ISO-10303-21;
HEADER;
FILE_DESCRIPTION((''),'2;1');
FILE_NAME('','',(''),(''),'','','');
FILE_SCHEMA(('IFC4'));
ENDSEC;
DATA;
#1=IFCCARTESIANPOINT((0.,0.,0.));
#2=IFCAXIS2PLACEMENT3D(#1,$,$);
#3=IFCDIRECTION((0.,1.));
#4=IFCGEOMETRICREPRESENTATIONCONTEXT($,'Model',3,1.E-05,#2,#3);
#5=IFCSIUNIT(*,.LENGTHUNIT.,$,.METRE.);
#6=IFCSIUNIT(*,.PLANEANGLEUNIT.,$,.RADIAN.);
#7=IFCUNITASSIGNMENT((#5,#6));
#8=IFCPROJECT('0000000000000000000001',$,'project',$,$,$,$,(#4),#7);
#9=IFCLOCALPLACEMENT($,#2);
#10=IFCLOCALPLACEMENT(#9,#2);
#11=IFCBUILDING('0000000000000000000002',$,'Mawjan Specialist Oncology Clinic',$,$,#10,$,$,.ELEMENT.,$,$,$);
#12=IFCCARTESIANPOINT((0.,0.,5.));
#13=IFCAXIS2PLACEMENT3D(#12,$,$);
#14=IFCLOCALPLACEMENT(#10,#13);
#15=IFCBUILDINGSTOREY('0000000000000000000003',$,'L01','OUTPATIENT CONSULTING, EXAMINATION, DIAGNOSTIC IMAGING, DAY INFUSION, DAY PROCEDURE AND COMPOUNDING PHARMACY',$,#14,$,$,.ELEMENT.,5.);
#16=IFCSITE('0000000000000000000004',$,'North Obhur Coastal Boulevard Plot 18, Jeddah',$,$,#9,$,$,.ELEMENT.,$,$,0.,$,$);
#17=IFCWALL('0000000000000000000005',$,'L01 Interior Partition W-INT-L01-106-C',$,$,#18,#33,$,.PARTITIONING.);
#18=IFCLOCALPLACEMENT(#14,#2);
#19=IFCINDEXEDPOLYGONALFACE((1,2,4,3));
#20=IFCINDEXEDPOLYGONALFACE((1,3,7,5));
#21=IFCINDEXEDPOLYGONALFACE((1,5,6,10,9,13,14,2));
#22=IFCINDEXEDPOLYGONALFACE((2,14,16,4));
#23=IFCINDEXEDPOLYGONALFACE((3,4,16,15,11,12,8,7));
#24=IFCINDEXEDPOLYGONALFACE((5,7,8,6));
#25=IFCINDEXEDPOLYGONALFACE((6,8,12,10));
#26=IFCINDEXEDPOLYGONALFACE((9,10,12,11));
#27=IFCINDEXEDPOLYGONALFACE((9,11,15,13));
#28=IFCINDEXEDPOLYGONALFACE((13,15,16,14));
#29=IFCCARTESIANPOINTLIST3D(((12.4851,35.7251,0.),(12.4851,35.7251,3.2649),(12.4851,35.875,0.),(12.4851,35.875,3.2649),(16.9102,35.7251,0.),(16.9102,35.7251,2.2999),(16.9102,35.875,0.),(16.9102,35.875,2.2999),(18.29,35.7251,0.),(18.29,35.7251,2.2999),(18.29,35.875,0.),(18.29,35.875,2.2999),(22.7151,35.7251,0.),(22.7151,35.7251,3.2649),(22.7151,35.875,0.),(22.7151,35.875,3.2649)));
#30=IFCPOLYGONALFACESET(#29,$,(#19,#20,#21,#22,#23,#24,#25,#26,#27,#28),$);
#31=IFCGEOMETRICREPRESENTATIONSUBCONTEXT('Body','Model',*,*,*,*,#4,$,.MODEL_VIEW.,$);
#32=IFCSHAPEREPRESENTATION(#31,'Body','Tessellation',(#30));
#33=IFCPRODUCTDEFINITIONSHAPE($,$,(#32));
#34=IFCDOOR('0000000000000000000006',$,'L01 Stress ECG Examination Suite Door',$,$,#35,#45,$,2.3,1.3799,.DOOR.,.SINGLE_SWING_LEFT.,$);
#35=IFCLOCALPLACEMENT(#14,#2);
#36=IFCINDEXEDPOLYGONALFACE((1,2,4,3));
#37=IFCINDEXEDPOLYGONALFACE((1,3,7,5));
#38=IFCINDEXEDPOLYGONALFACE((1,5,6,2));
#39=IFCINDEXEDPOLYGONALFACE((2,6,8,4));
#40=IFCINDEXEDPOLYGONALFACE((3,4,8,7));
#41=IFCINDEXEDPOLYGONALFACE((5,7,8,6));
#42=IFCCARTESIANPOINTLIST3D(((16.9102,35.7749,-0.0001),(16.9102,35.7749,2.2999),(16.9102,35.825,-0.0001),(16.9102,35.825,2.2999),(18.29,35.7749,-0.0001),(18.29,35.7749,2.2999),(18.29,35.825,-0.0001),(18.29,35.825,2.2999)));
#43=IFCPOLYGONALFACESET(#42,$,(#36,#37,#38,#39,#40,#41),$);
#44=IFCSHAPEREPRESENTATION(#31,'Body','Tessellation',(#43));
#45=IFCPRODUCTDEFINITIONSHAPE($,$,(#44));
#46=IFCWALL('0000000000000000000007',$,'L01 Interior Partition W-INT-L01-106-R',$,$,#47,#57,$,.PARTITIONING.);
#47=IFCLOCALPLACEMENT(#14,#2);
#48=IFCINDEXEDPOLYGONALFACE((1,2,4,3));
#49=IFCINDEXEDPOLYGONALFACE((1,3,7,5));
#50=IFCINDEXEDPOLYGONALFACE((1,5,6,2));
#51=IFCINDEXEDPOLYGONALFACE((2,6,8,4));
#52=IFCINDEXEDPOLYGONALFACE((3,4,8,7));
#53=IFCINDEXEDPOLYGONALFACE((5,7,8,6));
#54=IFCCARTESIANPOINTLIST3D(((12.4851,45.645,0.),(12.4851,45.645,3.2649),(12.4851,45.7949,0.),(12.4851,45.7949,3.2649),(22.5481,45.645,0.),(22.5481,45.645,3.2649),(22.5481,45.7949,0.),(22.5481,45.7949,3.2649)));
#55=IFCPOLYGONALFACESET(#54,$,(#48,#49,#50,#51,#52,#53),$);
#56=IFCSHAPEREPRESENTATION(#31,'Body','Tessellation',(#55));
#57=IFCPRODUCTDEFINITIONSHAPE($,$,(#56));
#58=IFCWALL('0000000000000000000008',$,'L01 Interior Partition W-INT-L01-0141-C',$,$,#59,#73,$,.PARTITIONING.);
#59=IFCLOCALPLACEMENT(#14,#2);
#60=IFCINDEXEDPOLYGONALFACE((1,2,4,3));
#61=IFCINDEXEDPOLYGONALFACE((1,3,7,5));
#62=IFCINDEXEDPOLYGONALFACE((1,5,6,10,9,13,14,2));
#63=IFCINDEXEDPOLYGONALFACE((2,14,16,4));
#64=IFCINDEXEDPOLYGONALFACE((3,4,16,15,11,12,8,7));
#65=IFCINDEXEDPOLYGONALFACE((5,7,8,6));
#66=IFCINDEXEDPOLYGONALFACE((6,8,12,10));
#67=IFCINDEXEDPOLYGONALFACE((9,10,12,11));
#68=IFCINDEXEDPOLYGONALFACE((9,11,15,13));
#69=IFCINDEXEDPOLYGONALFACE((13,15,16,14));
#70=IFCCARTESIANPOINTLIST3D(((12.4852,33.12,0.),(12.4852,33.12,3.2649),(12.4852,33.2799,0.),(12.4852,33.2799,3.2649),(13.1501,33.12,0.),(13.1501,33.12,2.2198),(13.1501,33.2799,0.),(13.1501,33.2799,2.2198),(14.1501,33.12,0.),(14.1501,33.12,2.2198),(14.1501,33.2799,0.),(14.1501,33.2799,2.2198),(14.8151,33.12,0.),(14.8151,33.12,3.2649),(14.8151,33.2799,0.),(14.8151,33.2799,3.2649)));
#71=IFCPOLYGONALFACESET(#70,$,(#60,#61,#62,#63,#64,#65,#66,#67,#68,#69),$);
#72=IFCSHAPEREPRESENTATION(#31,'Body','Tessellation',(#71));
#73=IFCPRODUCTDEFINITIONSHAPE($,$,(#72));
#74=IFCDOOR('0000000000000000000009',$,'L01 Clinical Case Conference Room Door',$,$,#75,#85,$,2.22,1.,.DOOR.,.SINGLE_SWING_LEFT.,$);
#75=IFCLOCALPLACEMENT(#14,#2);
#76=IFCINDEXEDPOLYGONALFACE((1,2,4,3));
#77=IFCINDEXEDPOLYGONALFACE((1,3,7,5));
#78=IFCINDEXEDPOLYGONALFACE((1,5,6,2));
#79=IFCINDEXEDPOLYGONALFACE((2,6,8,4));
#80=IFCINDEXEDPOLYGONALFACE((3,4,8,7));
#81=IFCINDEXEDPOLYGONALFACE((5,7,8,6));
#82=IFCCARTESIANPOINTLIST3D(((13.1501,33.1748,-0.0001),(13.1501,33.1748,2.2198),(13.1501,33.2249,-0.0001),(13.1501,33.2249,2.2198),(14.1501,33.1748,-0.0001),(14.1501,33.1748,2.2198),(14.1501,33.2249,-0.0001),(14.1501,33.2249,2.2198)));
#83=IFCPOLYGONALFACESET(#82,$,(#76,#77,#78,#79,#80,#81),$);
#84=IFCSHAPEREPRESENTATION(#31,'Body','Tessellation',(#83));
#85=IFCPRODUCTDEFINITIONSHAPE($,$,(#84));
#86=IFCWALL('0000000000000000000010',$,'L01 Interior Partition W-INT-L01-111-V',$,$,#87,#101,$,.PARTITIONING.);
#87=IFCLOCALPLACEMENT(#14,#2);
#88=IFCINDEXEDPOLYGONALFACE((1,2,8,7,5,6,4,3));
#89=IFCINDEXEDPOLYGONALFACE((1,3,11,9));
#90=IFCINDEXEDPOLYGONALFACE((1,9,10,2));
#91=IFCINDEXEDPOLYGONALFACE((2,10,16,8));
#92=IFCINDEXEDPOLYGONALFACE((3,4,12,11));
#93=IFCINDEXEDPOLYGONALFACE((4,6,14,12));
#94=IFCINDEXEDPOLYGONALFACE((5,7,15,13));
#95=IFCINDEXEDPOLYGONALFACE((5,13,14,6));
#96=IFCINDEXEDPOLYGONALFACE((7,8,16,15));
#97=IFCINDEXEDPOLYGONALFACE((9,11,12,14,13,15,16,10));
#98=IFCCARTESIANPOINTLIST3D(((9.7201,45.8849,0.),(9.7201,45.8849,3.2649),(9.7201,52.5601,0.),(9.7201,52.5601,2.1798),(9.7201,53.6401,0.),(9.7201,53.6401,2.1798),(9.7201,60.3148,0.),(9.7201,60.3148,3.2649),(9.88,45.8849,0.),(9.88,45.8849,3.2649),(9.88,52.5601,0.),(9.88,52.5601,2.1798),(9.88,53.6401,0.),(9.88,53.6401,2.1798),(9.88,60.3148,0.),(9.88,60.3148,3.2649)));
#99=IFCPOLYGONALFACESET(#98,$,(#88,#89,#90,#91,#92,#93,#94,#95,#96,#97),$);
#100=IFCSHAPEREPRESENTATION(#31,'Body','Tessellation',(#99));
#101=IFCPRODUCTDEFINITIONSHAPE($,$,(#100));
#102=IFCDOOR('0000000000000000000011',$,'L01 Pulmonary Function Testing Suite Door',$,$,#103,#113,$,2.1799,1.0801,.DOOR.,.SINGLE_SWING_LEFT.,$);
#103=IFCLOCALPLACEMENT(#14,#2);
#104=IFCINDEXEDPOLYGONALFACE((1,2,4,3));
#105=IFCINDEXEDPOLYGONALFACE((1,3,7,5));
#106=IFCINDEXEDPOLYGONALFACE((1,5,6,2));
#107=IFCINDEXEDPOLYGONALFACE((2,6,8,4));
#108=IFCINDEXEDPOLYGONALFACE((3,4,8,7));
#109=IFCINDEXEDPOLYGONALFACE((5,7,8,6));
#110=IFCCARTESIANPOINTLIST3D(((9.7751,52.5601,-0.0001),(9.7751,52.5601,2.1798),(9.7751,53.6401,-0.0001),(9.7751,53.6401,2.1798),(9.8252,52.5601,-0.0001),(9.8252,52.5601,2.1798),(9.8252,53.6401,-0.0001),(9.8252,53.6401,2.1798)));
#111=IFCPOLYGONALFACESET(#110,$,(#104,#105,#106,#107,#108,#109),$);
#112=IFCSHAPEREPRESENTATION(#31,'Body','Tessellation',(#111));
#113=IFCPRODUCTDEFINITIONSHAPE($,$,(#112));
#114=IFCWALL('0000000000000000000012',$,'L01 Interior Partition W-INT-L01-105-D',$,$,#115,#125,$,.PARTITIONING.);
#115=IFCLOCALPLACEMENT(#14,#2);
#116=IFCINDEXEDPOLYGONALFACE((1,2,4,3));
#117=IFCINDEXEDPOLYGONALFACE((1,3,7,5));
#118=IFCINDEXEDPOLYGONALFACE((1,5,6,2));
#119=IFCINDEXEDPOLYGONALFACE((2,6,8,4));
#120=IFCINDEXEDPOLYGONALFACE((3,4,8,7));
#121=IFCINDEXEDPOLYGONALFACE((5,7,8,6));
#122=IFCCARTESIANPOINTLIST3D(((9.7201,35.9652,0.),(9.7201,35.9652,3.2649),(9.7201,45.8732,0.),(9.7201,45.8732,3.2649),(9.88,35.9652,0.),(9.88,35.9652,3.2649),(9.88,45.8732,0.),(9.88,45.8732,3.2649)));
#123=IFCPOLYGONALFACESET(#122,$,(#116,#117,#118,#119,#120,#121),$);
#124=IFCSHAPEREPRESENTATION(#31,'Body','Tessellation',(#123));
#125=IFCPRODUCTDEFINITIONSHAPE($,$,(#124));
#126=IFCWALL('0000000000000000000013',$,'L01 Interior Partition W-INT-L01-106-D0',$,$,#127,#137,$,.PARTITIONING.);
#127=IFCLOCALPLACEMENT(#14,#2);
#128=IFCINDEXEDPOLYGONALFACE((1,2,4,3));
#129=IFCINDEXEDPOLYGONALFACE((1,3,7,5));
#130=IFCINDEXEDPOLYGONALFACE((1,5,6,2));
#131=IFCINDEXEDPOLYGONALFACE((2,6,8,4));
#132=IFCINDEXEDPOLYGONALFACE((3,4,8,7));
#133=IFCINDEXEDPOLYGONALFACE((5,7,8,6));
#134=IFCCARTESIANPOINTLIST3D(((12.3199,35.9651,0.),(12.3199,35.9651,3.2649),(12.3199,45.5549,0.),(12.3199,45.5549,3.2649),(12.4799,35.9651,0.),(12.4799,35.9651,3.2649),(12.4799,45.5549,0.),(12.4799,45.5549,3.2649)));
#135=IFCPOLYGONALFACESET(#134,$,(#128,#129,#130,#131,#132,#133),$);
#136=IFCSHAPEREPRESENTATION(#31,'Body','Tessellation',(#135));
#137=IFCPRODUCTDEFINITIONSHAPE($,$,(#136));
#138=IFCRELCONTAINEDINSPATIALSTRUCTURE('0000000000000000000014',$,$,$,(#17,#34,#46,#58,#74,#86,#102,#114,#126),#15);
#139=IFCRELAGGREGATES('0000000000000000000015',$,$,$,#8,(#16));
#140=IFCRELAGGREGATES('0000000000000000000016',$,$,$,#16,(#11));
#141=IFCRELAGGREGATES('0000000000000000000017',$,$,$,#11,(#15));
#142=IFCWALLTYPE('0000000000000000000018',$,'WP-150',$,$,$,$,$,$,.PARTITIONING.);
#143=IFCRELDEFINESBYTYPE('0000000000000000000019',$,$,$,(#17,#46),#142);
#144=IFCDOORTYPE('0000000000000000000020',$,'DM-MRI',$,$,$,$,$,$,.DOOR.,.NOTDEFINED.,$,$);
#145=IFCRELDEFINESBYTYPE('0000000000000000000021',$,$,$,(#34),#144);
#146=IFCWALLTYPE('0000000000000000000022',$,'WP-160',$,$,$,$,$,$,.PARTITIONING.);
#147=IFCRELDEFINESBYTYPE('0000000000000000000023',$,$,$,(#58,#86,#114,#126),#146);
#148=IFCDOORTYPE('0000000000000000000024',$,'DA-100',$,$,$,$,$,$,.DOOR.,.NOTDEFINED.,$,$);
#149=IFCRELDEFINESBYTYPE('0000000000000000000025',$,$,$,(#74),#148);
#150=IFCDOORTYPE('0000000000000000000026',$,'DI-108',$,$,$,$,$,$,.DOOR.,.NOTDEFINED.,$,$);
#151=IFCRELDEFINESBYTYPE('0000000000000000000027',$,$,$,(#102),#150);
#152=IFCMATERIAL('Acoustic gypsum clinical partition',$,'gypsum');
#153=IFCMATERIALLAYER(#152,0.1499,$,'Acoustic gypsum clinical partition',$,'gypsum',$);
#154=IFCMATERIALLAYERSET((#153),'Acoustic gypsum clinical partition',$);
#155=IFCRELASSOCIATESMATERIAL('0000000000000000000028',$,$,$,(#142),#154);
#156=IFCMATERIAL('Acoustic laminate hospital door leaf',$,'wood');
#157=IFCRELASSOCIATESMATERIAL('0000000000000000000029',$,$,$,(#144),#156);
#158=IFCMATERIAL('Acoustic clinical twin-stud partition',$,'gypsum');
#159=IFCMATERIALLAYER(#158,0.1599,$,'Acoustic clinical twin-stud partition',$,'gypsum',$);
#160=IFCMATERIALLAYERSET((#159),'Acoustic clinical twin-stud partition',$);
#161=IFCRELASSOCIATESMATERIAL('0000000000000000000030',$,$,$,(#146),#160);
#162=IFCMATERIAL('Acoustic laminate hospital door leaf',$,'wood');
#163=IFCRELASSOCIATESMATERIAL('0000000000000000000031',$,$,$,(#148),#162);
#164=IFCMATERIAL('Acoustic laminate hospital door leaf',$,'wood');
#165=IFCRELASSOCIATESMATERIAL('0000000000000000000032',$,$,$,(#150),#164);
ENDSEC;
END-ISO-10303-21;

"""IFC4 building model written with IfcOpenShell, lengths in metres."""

from ifc_helpers import new_model, si_unit, direction, frame, frame_2d, origin, place, context, subcontext, project, spatial, rectangle, extrude, material, layer, layer_set, type_object, element, fill, save


model = new_model("IFC4")

# Units and contexts
model_context = context("Model", 3, precision=1e-05, world=origin(), true_north=direction((0.0, 1.0)))
body_context = subcontext(model_context, "Body", "Model", "MODEL_VIEW")
ifc_project = project(units=[si_unit("LENGTHUNIT", "METRE"), si_unit("PLANEANGLEUNIT", "RADIAN")], contexts=[model_context])

# Site, building, storey
site_placement = place(None, origin())
site = spatial("IfcSite", under=ifc_project, at=site_placement, Name="North Obhur Coastal Boulevard Plot 18, Jeddah", CompositionType="ELEMENT", RefElevation=0.0)
building_placement = place(site_placement, origin())
building = spatial("IfcBuilding", under=site, at=building_placement, Name="Mawjan Specialist Oncology Clinic", CompositionType="ELEMENT")
storey_placement = place(building_placement, frame((0.0, 0.0, 5.0)))
storey = spatial("IfcBuildingStorey", under=building, at=storey_placement, Name="L01", Description="OUTPATIENT CONSULTING, EXAMINATION, DIAGNOSTIC IMAGING, DAY INFUSION, DAY PROCEDURE AND COMPOUNDING PHARMACY", CompositionType="ELEMENT", Elevation=5.0)

# Wall, opening, door
ifc_material_1 = material(Name="Acoustic gypsum clinical partition", Category="gypsum")
ifc_layer_1 = layer(ifc_material_1, 0.1499, Name="Acoustic gypsum clinical partition", Category="gypsum")
ifc_layer_set_1 = layer_set([ifc_layer_1], Name="Acoustic gypsum clinical partition")
wall_type_1 = type_object("IfcWallType", Name="WP-150", PredefinedType="PARTITIONING", material=ifc_layer_set_1)
wall_1_placement = place(storey_placement, frame((12.4851, 35.8, 0.0), z_axis=(0.0, 0.0, 1.0), x_axis=(1.0, 0.0, 0.0)))
wall_1 = element("IfcWall", 1, at=wall_1_placement, inside=storey, type_object=wall_type_1, Name="L01 Interior Partition W-INT-L01-106-C", PredefinedType="PARTITIONING", context=body_context, shape_type="SweptSolid", body=[
    extrude(rectangle(XDim=10.23, YDim=0.1499, at=frame_2d((5.115, 0.0))), origin(), (0.0, 0.0, 1.0), 3.2649),
])
opening_1_placement = place(wall_1_placement, frame((4.425, 0.0, 0.0)))
opening_1 = element("IfcOpeningElement", 2, at=opening_1_placement, cuts=wall_1, PredefinedType="OPENING", context=body_context, shape_type="SweptSolid", body=[
    extrude(rectangle(XDim=1.3799, YDim=2.3, at=frame_2d((0.6899, 1.1499))), frame((0.0, 0.0869, 0.0), z_axis=(0.0, -1.0, 0.0), x_axis=(1.0, 0.0, 0.0)), (0.0, 0.0, 1.0), 0.1738),
])
ifc_material_2 = material(Name="Acoustic laminate hospital door leaf", Category="wood")
door_type_1 = type_object("IfcDoorType", Name="DM-MRI", OperationType="NOTDEFINED", PredefinedType="DOOR", material=ifc_material_2)
door_1_placement = place(opening_1_placement, origin())
door_1 = element("IfcDoor", 3, at=door_1_placement, inside=storey, type_object=door_type_1, Name="L01 Stress ECG Examination Suite Door", OperationType="SINGLE_SWING_LEFT", OverallHeight=2.3, OverallWidth=1.3799, PredefinedType="DOOR", context=body_context, shape_type="SweptSolid", body=[
    extrude(rectangle(XDim=1.3799, YDim=2.3, at=frame_2d((0.6899, 1.1499))), frame((0.0, 0.0249, 0.0), z_axis=(0.0, -1.0, 0.0), x_axis=(1.0, 0.0, 0.0)), (0.0, 0.0, 1.0), 0.05),
])
fill(opening_1, door_1)

# Wall
wall_2_placement = place(storey_placement, frame((12.4851, 45.72, 0.0), z_axis=(0.0, 0.0, 1.0), x_axis=(1.0, 0.0, 0.0)))
element("IfcWall", 4, at=wall_2_placement, inside=storey, type_object=wall_type_1, Name="L01 Interior Partition W-INT-L01-106-R", PredefinedType="PARTITIONING", context=body_context, shape_type="SweptSolid", body=[
    extrude(rectangle(XDim=10.063, YDim=0.1499, at=frame_2d((5.0315, 0.0))), origin(), (0.0, 0.0, 1.0), 3.2649),
])

# Walls, openings, doors
ifc_material_3 = material(Name="Acoustic clinical twin-stud partition", Category="gypsum")
ifc_layer_2 = layer(ifc_material_3, 0.1599, Name="Acoustic clinical twin-stud partition", Category="gypsum")
ifc_layer_set_2 = layer_set([ifc_layer_2], Name="Acoustic clinical twin-stud partition")
wall_type_2 = type_object("IfcWallType", Name="WP-160", PredefinedType="PARTITIONING", material=ifc_layer_set_2)
wall_3_placement = place(storey_placement, frame((12.4851, 33.2, 0.0), z_axis=(0.0, 0.0, 1.0), x_axis=(1.0, 0.0, 0.0)))
wall_3 = element("IfcWall", 5, at=wall_3_placement, inside=storey, type_object=wall_type_2, Name="L01 Interior Partition W-INT-L01-0141-C", PredefinedType="PARTITIONING", context=body_context, shape_type="SweptSolid", body=[
    extrude(rectangle(XDim=2.3298, YDim=0.1599, at=frame_2d((1.165, 0.0))), origin(), (0.0, 0.0, 1.0), 3.2649),
])
opening_2_placement = place(wall_3_placement, frame((0.665, 0.0, 0.0)))
opening_2 = element("IfcOpeningElement", 6, at=opening_2_placement, cuts=wall_3, PredefinedType="OPENING", context=body_context, shape_type="SweptSolid", body=[
    extrude(rectangle(XDim=1.0, YDim=2.22, at=frame_2d((0.5, 1.1099))), frame((0.0, 0.092, 0.0), z_axis=(0.0, -1.0, 0.0), x_axis=(1.0, 0.0, 0.0)), (0.0, 0.0, 1.0), 0.1838),
])
ifc_material_4 = material(Name="Acoustic laminate hospital door leaf", Category="wood")
door_type_2 = type_object("IfcDoorType", Name="DA-100", OperationType="NOTDEFINED", PredefinedType="DOOR", material=ifc_material_4)
door_2_placement = place(opening_2_placement, origin())
door_2 = element("IfcDoor", 7, at=door_2_placement, inside=storey, type_object=door_type_2, Name="L01 Clinical Case Conference Room Door", OperationType="SINGLE_SWING_LEFT", OverallHeight=2.22, OverallWidth=1.0, PredefinedType="DOOR", context=body_context, shape_type="SweptSolid", body=[
    extrude(rectangle(XDim=1.0, YDim=2.22, at=frame_2d((0.5, 1.1099))), frame((0.0, 0.0249, 0.0), z_axis=(0.0, -1.0, 0.0), x_axis=(1.0, 0.0, 0.0)), (0.0, 0.0, 1.0), 0.05),
])
fill(opening_2, door_2)
wall_4_placement = place(storey_placement, frame((9.8, 45.885, 0.0), z_axis=(0.0, 0.0, 1.0), x_axis=(0.0, 1.0, 0.0)))
wall_4 = element("IfcWall", 8, at=wall_4_placement, inside=storey, type_object=wall_type_2, Name="L01 Interior Partition W-INT-L01-111-V", PredefinedType="PARTITIONING", context=body_context, shape_type="SweptSolid", body=[
    extrude(rectangle(XDim=14.4299, YDim=0.1599, at=frame_2d((7.2148, 0.0))), origin(), (0.0, 0.0, 1.0), 3.2649),
])
opening_3_placement = place(wall_4_placement, frame((6.675, 0.0, 0.0)))
opening_3 = element("IfcOpeningElement", 9, at=opening_3_placement, cuts=wall_4, PredefinedType="OPENING", context=body_context, shape_type="SweptSolid", body=[
    extrude(rectangle(XDim=1.0801, YDim=2.1799, at=frame_2d((0.54, 1.0898))), frame((0.0, 0.092, 0.0), z_axis=(0.0, -1.0, 0.0), x_axis=(1.0, 0.0, 0.0)), (0.0, 0.0, 1.0), 0.1838),
])
ifc_material_5 = material(Name="Acoustic laminate hospital door leaf", Category="wood")
door_type_3 = type_object("IfcDoorType", Name="DI-108", OperationType="NOTDEFINED", PredefinedType="DOOR", material=ifc_material_5)
door_3_placement = place(opening_3_placement, origin())
door_3 = element("IfcDoor", 10, at=door_3_placement, inside=storey, type_object=door_type_3, Name="L01 Pulmonary Function Testing Suite Door", OperationType="SINGLE_SWING_LEFT", OverallHeight=2.1799, OverallWidth=1.0801, PredefinedType="DOOR", context=body_context, shape_type="SweptSolid", body=[
    extrude(rectangle(XDim=1.0801, YDim=2.1799, at=frame_2d((0.54, 1.0898))), frame((0.0, 0.0249, 0.0), z_axis=(0.0, -1.0, 0.0), x_axis=(1.0, 0.0, 0.0)), (0.0, 0.0, 1.0), 0.05),
])
fill(opening_3, door_3)

# Walls
wall_5_placement = place(storey_placement, frame((9.8, 35.9651, 0.0), z_axis=(0.0, 0.0, 1.0), x_axis=(0.0, 1.0, 0.0)))
element("IfcWall", 11, at=wall_5_placement, inside=storey, type_object=wall_type_2, Name="L01 Interior Partition W-INT-L01-105-D", PredefinedType="PARTITIONING", context=body_context, shape_type="SweptSolid", body=[
    extrude(rectangle(XDim=9.908, YDim=0.1599, at=frame_2d((4.9541, 0.0))), origin(), (0.0, 0.0, 1.0), 3.2649),
])
wall_6_placement = place(storey_placement, frame((12.3999, 35.9651, 0.0), z_axis=(0.0, 0.0, 1.0), x_axis=(0.0, 1.0, 0.0)))
element("IfcWall", 12, at=wall_6_placement, inside=storey, type_object=wall_type_2, Name="L01 Interior Partition W-INT-L01-106-D0", PredefinedType="PARTITIONING", context=body_context, shape_type="SweptSolid", body=[
    extrude(rectangle(XDim=9.5898, YDim=0.1599, at=frame_2d((4.7949, 0.0))), origin(), (0.0, 0.0, 1.0), 3.2649),
])

save(model, "model.ifc")
